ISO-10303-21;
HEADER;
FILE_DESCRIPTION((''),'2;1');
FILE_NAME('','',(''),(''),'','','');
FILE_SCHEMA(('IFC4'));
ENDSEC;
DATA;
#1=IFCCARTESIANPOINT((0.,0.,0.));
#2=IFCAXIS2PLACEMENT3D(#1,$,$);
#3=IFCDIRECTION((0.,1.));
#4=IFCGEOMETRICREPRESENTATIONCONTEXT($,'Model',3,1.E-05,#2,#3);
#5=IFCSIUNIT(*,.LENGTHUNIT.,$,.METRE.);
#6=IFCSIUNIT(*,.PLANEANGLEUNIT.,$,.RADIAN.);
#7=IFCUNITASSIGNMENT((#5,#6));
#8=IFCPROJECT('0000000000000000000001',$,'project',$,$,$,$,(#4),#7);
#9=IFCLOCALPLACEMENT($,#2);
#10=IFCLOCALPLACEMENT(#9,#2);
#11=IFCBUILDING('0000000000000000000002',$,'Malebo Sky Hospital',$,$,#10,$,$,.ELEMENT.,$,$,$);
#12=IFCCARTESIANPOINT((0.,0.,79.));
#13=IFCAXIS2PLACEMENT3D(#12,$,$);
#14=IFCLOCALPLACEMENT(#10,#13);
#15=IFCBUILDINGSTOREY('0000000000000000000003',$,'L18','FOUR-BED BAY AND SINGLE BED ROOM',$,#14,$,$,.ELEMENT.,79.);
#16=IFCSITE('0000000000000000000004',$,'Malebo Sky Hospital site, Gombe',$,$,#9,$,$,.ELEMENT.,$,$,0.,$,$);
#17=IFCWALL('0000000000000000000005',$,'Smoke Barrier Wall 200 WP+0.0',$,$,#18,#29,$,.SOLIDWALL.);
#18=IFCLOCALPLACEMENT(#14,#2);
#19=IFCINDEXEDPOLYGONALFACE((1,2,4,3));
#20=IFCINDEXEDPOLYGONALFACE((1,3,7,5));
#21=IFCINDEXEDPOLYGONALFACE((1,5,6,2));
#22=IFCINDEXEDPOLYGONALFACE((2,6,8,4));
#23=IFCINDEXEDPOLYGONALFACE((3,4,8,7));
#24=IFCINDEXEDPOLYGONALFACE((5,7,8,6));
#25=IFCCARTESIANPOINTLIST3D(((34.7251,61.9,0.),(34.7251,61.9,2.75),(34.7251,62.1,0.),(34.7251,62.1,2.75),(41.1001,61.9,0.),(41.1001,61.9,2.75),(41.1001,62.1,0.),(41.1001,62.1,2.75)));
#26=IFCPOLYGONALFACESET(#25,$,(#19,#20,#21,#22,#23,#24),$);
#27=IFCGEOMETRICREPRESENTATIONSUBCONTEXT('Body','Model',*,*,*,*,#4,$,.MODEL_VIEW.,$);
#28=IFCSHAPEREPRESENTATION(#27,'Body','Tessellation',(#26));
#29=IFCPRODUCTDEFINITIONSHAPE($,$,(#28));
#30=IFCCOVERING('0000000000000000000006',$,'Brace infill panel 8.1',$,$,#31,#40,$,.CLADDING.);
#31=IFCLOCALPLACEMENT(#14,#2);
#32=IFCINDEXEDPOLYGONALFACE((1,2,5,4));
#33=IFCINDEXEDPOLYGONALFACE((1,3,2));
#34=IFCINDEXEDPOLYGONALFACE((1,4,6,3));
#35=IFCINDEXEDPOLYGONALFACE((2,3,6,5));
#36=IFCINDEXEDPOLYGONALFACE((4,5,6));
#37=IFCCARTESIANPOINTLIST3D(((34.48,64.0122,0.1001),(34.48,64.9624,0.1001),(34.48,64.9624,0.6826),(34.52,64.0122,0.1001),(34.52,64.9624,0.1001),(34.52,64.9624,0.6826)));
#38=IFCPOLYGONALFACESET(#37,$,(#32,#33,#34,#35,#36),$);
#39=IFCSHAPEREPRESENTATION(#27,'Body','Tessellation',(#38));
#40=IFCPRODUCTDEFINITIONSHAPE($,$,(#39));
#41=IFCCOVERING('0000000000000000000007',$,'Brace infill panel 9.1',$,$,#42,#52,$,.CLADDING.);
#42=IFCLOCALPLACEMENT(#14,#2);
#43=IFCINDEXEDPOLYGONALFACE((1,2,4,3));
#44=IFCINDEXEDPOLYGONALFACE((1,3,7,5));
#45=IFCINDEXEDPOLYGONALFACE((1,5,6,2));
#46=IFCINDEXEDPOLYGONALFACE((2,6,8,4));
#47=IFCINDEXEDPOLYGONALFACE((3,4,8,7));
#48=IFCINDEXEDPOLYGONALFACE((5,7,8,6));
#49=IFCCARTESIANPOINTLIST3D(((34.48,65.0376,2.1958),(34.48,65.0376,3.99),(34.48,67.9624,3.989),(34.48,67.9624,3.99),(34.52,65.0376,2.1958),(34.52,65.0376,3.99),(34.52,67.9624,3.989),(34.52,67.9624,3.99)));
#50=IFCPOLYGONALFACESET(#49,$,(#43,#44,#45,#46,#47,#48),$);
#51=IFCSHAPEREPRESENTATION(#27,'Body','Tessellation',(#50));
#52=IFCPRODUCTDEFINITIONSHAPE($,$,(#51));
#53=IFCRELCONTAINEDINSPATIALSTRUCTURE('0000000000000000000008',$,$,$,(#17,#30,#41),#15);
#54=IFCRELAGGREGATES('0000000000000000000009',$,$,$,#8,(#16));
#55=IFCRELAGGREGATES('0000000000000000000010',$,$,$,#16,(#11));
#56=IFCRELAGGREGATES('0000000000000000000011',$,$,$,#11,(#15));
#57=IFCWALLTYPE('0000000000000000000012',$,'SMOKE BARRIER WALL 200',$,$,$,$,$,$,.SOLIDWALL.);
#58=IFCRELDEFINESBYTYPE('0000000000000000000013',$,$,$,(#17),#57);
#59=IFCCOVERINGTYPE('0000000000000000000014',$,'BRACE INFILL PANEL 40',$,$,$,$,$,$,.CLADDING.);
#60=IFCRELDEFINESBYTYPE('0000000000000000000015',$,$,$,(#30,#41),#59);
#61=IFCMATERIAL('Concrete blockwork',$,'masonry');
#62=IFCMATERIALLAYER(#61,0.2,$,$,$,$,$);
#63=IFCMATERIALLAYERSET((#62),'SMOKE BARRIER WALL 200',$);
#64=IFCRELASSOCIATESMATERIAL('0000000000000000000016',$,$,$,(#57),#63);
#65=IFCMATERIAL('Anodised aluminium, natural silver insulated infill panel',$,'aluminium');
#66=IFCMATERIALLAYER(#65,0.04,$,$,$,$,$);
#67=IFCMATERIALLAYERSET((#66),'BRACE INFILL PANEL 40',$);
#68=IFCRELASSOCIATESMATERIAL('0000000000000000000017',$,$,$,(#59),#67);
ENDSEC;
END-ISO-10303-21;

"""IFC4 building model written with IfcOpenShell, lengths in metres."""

from ifc_helpers import new_model, si_unit, direction, frame, frame_2d, origin, place, context, subcontext, project, spatial, polyline, rectangle, outline, extrude, material, layer, layer_set, type_object, element, save


model = new_model("IFC4")

# Units and contexts
model_context = context("Model", 3, precision=1e-05, world=origin(), true_north=direction((0.0, 1.0)))
body_context = subcontext(model_context, "Body", "Model", "MODEL_VIEW")
ifc_project = project(units=[si_unit("LENGTHUNIT", "METRE"), si_unit("PLANEANGLEUNIT", "RADIAN")], contexts=[model_context])

# Site, building, storey
site_placement = place(None, origin())
site = spatial("IfcSite", under=ifc_project, at=site_placement, Name="Malebo Sky Hospital site, Gombe", CompositionType="ELEMENT", RefElevation=0.0)
building_placement = place(site_placement, origin())
building = spatial("IfcBuilding", under=site, at=building_placement, Name="Malebo Sky Hospital", CompositionType="ELEMENT")
storey_placement = place(building_placement, frame((0.0, 0.0, 79.0)))
storey = spatial("IfcBuildingStorey", under=building, at=storey_placement, Name="L18", Description="FOUR-BED BAY AND SINGLE BED ROOM", CompositionType="ELEMENT", Elevation=79.0)

# Wall
ifc_material_1 = material(Name="Concrete blockwork", Category="masonry")
ifc_layer_1 = layer(ifc_material_1, 0.2)
ifc_layer_set_1 = layer_set([ifc_layer_1], Name="SMOKE BARRIER WALL 200")
wall_type_1 = type_object("IfcWallType", Name="SMOKE BARRIER WALL 200", PredefinedType="SOLIDWALL", material=ifc_layer_set_1)
wall_1_placement = place(storey_placement, frame((41.1001, 62.0, 0.0), z_axis=(0.0, 0.0, 1.0), x_axis=(-1.0, 0.0, 0.0)))
element("IfcWall", 1, at=wall_1_placement, inside=storey, type_object=wall_type_1, Name="Smoke Barrier Wall 200 WP+0.0", PredefinedType="SOLIDWALL", context=body_context, shape_type="SweptSolid", body=[
    extrude(rectangle(XDim=6.375, YDim=0.2, at=frame_2d((3.1875, 0.0))), origin(), (0.0, 0.0, 1.0), 2.75),
])

# Coverings
ifc_material_2 = material(Name="Anodised aluminium, natural silver insulated infill panel", Category="aluminium")
ifc_layer_2 = layer(ifc_material_2, 0.04)
ifc_layer_set_2 = layer_set([ifc_layer_2], Name="BRACE INFILL PANEL 40")
covering_type = type_object("IfcCoveringType", Name="BRACE INFILL PANEL 40", PredefinedType="CLADDING", material=ifc_layer_set_2)
covering_1_placement = place(storey_placement, frame((34.5, 64.4873, 0.1001), z_axis=(0.0, 0.0, 1.0), x_axis=(0.0, 1.0, 0.0)))
element("IfcCovering", 2, at=covering_1_placement, inside=storey, type_object=covering_type, Name="Brace infill panel 8.1", PredefinedType="CLADDING", context=body_context, shape_type="SweptSolid", body=[
    extrude(outline(polyline([(-0.4751, 0.0), (0.4751, 0.0), (0.4751, 0.5825), (-0.4751, 0.0)])), frame((0.0, 0.02, 0.0), z_axis=(0.0, -1.0, 0.0), x_axis=(1.0, 0.0, 0.0)), (0.0, 0.0, 1.0), 0.04),
])
covering_2_placement = place(storey_placement, frame((34.5, 66.5, 2.1958), z_axis=(0.0, 0.0, 1.0), x_axis=(0.0, 1.0, 0.0)))
element("IfcCovering", 3, at=covering_2_placement, inside=storey, type_object=covering_type, Name="Brace infill panel 9.1", PredefinedType="CLADDING", context=body_context, shape_type="SweptSolid", body=[
    extrude(outline(polyline([(-1.4624, 0.0), (1.4624, 1.7932), (1.4624, 1.7942), (-1.4624, 1.7942), (-1.4624, 0.0)])), frame((0.0, 0.02, 0.0), z_axis=(0.0, -1.0, 0.0), x_axis=(1.0, 0.0, 0.0)), (0.0, 0.0, 1.0), 0.04),
])

save(model, "model.ifc")
